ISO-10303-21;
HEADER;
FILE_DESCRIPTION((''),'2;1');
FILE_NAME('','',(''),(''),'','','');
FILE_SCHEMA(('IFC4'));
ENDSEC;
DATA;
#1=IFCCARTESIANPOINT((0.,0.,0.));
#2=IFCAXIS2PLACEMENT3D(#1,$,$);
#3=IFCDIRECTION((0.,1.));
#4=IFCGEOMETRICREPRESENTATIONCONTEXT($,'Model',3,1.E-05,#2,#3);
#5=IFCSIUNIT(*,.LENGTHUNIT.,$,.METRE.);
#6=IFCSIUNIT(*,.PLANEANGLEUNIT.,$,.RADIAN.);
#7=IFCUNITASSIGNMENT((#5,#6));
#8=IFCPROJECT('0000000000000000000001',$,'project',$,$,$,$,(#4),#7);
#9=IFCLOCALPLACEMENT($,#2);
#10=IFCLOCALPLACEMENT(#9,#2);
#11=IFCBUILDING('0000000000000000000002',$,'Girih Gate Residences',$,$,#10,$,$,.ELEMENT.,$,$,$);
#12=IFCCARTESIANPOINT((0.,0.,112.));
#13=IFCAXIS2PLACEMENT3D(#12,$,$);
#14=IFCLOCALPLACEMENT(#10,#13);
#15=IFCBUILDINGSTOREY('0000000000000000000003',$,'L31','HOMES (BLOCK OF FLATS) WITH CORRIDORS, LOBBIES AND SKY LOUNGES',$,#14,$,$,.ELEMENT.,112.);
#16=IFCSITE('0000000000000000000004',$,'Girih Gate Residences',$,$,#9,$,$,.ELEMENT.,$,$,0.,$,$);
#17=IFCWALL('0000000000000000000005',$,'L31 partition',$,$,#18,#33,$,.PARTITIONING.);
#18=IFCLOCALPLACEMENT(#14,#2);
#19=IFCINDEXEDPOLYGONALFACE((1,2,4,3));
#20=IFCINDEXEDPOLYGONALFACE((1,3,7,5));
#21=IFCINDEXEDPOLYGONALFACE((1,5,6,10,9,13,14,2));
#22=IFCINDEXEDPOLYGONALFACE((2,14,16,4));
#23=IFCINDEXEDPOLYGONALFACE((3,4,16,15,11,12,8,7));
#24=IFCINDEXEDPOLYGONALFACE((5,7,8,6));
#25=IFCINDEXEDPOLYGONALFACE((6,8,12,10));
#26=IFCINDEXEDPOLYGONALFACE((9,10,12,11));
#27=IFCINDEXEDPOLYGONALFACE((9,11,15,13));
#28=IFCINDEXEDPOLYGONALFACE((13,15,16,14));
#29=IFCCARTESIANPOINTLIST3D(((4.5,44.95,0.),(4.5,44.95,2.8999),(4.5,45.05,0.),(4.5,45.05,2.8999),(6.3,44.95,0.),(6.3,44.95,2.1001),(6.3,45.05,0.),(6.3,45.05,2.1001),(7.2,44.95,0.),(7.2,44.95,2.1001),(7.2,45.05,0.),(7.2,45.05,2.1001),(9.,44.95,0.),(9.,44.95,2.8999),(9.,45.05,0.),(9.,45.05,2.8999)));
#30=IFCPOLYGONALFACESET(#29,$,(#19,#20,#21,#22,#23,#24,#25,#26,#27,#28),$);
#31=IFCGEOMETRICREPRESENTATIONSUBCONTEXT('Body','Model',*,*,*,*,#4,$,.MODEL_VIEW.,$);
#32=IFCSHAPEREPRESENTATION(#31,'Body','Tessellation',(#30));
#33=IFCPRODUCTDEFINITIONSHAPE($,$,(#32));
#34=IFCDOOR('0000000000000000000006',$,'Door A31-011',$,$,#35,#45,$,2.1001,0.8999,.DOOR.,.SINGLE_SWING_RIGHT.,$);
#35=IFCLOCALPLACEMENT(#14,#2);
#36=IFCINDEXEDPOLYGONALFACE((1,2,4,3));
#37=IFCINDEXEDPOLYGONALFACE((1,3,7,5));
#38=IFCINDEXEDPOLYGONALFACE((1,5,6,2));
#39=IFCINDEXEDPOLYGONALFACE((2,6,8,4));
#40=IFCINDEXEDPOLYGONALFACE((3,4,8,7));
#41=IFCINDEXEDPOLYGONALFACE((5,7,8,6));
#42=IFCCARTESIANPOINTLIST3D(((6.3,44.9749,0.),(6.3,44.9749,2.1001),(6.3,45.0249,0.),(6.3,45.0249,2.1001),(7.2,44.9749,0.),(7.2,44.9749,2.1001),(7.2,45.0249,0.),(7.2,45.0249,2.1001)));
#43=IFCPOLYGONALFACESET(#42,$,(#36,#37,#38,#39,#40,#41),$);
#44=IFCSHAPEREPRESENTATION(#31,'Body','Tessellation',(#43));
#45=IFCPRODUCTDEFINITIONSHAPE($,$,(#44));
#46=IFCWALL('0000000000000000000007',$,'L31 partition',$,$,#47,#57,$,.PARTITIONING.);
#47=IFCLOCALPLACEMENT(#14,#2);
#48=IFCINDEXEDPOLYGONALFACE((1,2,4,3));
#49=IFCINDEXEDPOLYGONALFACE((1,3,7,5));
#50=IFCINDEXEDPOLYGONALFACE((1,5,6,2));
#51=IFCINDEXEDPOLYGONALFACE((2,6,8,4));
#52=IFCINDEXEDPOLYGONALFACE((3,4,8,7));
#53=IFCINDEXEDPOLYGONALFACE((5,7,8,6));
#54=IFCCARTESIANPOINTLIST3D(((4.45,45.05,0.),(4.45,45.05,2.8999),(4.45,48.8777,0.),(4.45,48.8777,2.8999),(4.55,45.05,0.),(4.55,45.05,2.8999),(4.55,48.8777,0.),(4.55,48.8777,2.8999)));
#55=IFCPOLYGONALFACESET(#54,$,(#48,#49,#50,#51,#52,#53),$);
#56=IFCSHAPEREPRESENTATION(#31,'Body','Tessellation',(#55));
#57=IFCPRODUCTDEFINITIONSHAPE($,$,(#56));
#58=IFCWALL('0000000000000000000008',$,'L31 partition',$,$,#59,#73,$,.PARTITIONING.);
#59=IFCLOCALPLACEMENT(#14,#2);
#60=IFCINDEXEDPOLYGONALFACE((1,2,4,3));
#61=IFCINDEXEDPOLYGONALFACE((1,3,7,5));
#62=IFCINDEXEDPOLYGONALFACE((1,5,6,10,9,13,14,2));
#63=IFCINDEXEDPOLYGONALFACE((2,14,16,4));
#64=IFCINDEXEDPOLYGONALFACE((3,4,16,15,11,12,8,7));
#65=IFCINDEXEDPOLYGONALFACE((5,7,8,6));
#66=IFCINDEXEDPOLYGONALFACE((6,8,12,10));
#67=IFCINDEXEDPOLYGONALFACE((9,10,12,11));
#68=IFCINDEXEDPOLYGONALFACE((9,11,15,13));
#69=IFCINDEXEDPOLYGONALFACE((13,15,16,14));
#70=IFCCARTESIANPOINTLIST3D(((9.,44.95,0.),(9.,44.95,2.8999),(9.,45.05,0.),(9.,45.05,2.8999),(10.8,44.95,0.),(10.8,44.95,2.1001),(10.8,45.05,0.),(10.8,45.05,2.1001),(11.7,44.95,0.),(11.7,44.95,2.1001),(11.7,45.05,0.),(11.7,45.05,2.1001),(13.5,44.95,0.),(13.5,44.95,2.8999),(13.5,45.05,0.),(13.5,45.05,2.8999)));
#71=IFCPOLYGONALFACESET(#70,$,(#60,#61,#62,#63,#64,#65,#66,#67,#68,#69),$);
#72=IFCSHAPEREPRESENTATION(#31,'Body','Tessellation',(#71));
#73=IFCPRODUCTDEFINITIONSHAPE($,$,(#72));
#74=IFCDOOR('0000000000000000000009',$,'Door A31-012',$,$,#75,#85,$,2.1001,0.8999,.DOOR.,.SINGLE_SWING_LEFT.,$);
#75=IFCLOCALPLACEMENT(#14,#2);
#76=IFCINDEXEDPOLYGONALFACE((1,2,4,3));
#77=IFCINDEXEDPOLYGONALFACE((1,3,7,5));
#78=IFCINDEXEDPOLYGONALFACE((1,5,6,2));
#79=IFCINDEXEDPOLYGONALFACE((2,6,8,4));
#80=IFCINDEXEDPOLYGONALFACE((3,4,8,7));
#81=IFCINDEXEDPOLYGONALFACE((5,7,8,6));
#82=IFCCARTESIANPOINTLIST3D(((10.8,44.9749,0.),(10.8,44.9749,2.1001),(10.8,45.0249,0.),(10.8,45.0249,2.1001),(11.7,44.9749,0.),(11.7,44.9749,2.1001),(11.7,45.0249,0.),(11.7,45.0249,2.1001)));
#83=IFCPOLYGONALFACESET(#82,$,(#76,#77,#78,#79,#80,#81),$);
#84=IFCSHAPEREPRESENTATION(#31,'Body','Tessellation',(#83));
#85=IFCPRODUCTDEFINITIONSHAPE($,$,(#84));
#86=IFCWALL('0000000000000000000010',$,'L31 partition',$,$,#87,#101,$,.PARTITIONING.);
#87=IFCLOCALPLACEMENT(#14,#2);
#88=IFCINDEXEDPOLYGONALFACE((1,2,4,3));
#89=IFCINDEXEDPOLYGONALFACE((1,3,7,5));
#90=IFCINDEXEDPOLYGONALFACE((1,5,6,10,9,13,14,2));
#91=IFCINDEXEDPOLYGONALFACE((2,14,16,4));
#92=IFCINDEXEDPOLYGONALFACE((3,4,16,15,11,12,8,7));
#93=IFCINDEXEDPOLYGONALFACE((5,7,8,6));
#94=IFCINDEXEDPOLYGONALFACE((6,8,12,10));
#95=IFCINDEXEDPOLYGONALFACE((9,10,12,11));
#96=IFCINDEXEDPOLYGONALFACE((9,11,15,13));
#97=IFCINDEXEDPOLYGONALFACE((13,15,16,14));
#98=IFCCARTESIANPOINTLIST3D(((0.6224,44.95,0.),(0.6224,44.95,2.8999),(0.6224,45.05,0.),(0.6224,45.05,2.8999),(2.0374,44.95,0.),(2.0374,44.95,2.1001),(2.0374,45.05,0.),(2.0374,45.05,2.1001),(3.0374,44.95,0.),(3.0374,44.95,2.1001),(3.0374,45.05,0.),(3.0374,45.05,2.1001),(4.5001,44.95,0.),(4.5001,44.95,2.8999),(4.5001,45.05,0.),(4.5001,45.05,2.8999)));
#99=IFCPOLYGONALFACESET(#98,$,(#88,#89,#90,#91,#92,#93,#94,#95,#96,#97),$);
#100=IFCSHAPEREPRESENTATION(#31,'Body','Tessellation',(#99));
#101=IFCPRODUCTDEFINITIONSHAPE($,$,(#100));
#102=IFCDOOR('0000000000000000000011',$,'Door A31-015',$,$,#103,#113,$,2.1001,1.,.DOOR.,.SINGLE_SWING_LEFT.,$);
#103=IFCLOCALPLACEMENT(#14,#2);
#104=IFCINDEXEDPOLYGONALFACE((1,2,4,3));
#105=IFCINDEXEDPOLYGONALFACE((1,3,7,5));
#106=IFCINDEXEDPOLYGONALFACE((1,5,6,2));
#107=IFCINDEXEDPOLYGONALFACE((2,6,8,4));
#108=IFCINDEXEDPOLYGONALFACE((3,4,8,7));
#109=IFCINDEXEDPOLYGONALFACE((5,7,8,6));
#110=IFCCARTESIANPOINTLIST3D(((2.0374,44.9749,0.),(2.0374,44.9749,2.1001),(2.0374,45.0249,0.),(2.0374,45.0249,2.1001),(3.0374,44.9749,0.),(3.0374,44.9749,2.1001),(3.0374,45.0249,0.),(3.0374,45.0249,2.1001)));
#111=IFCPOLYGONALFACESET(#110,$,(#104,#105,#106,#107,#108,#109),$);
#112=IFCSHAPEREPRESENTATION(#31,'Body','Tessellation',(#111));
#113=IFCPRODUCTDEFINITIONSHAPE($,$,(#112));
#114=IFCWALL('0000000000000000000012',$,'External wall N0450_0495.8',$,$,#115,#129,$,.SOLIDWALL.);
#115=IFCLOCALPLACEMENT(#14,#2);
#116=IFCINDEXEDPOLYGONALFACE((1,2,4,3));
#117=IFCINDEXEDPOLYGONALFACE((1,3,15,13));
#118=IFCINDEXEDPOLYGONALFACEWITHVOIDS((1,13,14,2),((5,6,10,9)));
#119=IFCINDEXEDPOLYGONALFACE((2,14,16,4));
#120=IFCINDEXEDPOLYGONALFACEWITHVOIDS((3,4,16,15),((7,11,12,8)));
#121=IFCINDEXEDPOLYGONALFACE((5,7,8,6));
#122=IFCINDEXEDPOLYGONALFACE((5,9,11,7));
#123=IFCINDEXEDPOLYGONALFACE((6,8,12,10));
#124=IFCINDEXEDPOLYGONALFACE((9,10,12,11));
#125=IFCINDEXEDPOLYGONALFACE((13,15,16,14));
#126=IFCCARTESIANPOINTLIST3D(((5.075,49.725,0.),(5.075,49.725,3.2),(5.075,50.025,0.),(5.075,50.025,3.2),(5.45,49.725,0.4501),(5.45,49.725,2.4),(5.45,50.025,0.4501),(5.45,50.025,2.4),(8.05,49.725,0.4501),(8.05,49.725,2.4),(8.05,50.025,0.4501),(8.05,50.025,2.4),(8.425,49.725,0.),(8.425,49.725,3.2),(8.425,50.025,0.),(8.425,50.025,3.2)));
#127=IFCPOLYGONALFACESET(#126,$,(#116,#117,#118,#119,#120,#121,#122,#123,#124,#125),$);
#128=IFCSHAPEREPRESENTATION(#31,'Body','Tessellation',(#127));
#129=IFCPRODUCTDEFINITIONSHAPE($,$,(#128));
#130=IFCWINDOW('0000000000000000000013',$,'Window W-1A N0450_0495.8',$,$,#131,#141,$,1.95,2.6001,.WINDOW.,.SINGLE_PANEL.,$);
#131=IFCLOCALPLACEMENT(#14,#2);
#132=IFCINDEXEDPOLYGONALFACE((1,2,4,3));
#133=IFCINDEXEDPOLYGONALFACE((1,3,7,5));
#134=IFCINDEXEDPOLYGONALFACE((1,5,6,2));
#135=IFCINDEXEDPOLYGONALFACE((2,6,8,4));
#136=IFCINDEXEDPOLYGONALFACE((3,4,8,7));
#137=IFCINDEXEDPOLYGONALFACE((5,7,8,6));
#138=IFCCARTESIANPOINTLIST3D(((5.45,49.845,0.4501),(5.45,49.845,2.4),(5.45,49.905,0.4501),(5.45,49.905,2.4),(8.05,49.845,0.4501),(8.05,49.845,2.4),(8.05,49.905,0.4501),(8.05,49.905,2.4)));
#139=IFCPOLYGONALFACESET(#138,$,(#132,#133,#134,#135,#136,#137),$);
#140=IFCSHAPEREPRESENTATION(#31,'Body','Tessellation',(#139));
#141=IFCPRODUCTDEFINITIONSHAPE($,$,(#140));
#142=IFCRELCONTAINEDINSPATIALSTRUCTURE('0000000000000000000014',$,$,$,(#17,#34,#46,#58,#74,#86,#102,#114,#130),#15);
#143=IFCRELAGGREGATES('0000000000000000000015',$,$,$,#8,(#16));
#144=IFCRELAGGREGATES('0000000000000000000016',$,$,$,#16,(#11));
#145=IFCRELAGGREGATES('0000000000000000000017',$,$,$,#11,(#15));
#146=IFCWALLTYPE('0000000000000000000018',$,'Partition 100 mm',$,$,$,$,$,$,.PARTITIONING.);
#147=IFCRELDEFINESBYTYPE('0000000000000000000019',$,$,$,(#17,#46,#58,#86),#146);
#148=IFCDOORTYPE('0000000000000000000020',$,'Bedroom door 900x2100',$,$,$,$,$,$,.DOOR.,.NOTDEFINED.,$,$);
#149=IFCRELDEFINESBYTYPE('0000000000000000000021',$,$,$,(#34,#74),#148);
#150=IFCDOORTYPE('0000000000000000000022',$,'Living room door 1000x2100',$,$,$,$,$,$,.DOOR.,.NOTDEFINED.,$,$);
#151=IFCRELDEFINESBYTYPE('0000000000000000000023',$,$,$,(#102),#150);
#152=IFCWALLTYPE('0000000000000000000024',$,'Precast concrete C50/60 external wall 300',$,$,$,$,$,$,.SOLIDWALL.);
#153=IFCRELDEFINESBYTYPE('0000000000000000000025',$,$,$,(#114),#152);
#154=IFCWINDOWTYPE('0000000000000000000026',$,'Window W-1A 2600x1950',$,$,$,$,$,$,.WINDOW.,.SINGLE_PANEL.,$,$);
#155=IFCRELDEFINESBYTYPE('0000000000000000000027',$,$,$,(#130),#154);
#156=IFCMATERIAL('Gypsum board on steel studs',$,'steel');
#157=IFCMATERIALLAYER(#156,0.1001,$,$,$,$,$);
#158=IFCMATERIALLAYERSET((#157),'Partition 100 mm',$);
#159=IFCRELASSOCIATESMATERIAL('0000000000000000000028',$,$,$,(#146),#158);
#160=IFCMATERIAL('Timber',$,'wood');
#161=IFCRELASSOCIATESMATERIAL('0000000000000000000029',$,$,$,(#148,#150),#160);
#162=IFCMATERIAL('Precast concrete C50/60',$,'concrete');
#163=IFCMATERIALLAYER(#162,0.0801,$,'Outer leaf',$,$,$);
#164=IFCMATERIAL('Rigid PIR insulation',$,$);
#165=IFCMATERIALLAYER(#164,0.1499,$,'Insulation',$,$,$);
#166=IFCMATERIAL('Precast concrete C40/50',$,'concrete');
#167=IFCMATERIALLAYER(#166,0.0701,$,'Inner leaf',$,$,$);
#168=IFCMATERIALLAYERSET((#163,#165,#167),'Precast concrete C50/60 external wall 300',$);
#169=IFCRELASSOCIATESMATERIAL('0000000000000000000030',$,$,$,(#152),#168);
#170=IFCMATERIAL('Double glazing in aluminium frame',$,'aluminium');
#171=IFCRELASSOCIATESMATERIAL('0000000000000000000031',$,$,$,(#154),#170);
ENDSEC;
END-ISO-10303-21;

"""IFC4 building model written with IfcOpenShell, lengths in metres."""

from ifc_helpers import new_model, si_unit, direction, frame, frame_2d, origin, place, context, subcontext, project, spatial, rectangle, extrude, material, layer, layer_set, type_object, element, fill, save


model = new_model("IFC4")

# Units and contexts
model_context = context("Model", 3, precision=1e-05, world=origin(), true_north=direction((0.0, 1.0)))
body_context = subcontext(model_context, "Body", "Model", "MODEL_VIEW")
ifc_project = project(units=[si_unit("LENGTHUNIT", "METRE"), si_unit("PLANEANGLEUNIT", "RADIAN")], contexts=[model_context])

# Site, building, storey
site_placement = place(None, origin())
site = spatial("IfcSite", under=ifc_project, at=site_placement, Name="Girih Gate Residences", CompositionType="ELEMENT", RefElevation=0.0)
building_placement = place(site_placement, origin())
building = spatial("IfcBuilding", under=site, at=building_placement, Name="Girih Gate Residences", CompositionType="ELEMENT")
storey_placement = place(building_placement, frame((0.0, 0.0, 112.0)))
storey = spatial("IfcBuildingStorey", under=building, at=storey_placement, Name="L31", Description="HOMES (BLOCK OF FLATS) WITH CORRIDORS, LOBBIES AND SKY LOUNGES", CompositionType="ELEMENT", Elevation=112.0)

# Shared definitions
ifc_material_1 = material(Name="Gypsum board on steel studs", Category="steel")

# Shared definitions
ifc_layer_1 = layer(ifc_material_1, 0.1001)
ifc_layer_set_1 = layer_set([ifc_layer_1], Name="Partition 100 mm")
wall_type_1 = type_object("IfcWallType", Name="Partition 100 mm", PredefinedType="PARTITIONING", material=ifc_layer_set_1)

# Wall, opening, door
wall_1_placement = place(storey_placement, frame((4.5, 45.0, 0.0), z_axis=(0.0, 0.0, 1.0), x_axis=(1.0, 0.0, 0.0)))
wall_1 = element("IfcWall", 1, at=wall_1_placement, inside=storey, type_object=wall_type_1, Name="L31 partition", PredefinedType="PARTITIONING", context=body_context, shape_type="SweptSolid", body=[
    extrude(rectangle(XDim=4.5, YDim=0.1001, at=frame_2d((2.25, 0.0))), origin(), (0.0, 0.0, 1.0), 2.8999),
])
opening_1_placement = place(wall_1_placement, frame((1.8, 0.0, 0.0)))
opening_1 = element("IfcOpeningElement", 2, at=opening_1_placement, cuts=wall_1, PredefinedType="OPENING", context=body_context, shape_type="SweptSolid", body=[
    extrude(rectangle(XDim=0.8999, YDim=2.1001, at=frame_2d((0.45, 1.05))), frame((0.0, 0.0601, 0.0), z_axis=(0.0, -1.0, 0.0), x_axis=(1.0, 0.0, 0.0)), (0.0, 0.0, 1.0), 0.1201),
])
ifc_material_2 = material(Name="Timber", Category="wood")
door_type_1 = type_object("IfcDoorType", Name="Bedroom door 900x2100", OperationType="NOTDEFINED", PredefinedType="DOOR", material=ifc_material_2)
door_1_placement = place(opening_1_placement, origin())
door_1 = element("IfcDoor", 3, at=door_1_placement, inside=storey, type_object=door_type_1, Name="Door A31-011", OperationType="SINGLE_SWING_RIGHT", OverallHeight=2.1001, OverallWidth=0.8999, PredefinedType="DOOR", context=body_context, shape_type="SweptSolid", body=[
    extrude(rectangle(XDim=0.8999, YDim=2.1001, at=frame_2d((0.45, 1.05))), frame((0.0, 0.0249, 0.0), z_axis=(0.0, -1.0, 0.0), x_axis=(1.0, 0.0, 0.0)), (0.0, 0.0, 1.0), 0.05),
])
fill(opening_1, door_1)

# Wall
wall_2_placement = place(storey_placement, frame((4.5, 45.05, 0.0), z_axis=(0.0, 0.0, 1.0), x_axis=(0.0, 1.0, 0.0)))
element("IfcWall", 4, at=wall_2_placement, inside=storey, type_object=wall_type_1, Name="L31 partition", PredefinedType="PARTITIONING", context=body_context, shape_type="SweptSolid", body=[
    extrude(rectangle(XDim=3.8276, YDim=0.1001, at=frame_2d((1.9138, 0.0))), origin(), (0.0, 0.0, 1.0), 2.8999),
])

# Walls, openings, doors
wall_3_placement = place(storey_placement, frame((9.0, 45.0, 0.0), z_axis=(0.0, 0.0, 1.0), x_axis=(1.0, 0.0, 0.0)))
wall_3 = element("IfcWall", 5, at=wall_3_placement, inside=storey, type_object=wall_type_1, Name="L31 partition", PredefinedType="PARTITIONING", context=body_context, shape_type="SweptSolid", body=[
    extrude(rectangle(XDim=4.5, YDim=0.1001, at=frame_2d((2.25, 0.0))), origin(), (0.0, 0.0, 1.0), 2.8999),
])
opening_2_placement = place(wall_3_placement, frame((1.8, 0.0, 0.0)))
opening_2 = element("IfcOpeningElement", 6, at=opening_2_placement, cuts=wall_3, PredefinedType="OPENING", context=body_context, shape_type="SweptSolid", body=[
    extrude(rectangle(XDim=0.8999, YDim=2.1001, at=frame_2d((0.45, 1.05))), frame((0.0, 0.0601, 0.0), z_axis=(0.0, -1.0, 0.0), x_axis=(1.0, 0.0, 0.0)), (0.0, 0.0, 1.0), 0.1201),
])
door_2_placement = place(opening_2_placement, origin())
door_2 = element("IfcDoor", 7, at=door_2_placement, inside=storey, type_object=door_type_1, Name="Door A31-012", OperationType="SINGLE_SWING_LEFT", OverallHeight=2.1001, OverallWidth=0.8999, PredefinedType="DOOR", context=body_context, shape_type="SweptSolid", body=[
    extrude(rectangle(XDim=0.8999, YDim=2.1001, at=frame_2d((0.45, 1.05))), frame((0.0, 0.0249, 0.0), z_axis=(0.0, -1.0, 0.0), x_axis=(1.0, 0.0, 0.0)), (0.0, 0.0, 1.0), 0.05),
])
fill(opening_2, door_2)
wall_4_placement = place(storey_placement, frame((0.6223, 45.0, 0.0), z_axis=(0.0, 0.0, 1.0), x_axis=(1.0, 0.0, 0.0)))
wall_4 = element("IfcWall", 8, at=wall_4_placement, inside=storey, type_object=wall_type_1, Name="L31 partition", PredefinedType="PARTITIONING", context=body_context, shape_type="SweptSolid", body=[
    extrude(rectangle(XDim=3.8777, YDim=0.1001, at=frame_2d((1.939, 0.0))), origin(), (0.0, 0.0, 1.0), 2.8999),
])
opening_3_placement = place(wall_4_placement, frame((1.415, 0.0, 0.0)))
opening_3 = element("IfcOpeningElement", 9, at=opening_3_placement, cuts=wall_4, PredefinedType="OPENING", context=body_context, shape_type="SweptSolid", body=[
    extrude(rectangle(XDim=1.0, YDim=2.1001, at=frame_2d((0.5, 1.05))), frame((0.0, 0.0601, 0.0), z_axis=(0.0, -1.0, 0.0), x_axis=(1.0, 0.0, 0.0)), (0.0, 0.0, 1.0), 0.1201),
])
door_type_2 = type_object("IfcDoorType", Name="Living room door 1000x2100", OperationType="NOTDEFINED", PredefinedType="DOOR", material=ifc_material_2)
door_3_placement = place(opening_3_placement, origin())
door_3 = element("IfcDoor", 10, at=door_3_placement, inside=storey, type_object=door_type_2, Name="Door A31-015", OperationType="SINGLE_SWING_LEFT", OverallHeight=2.1001, OverallWidth=1.0, PredefinedType="DOOR", context=body_context, shape_type="SweptSolid", body=[
    extrude(rectangle(XDim=1.0, YDim=2.1001, at=frame_2d((0.5, 1.05))), frame((0.0, 0.0249, 0.0), z_axis=(0.0, -1.0, 0.0), x_axis=(1.0, 0.0, 0.0)), (0.0, 0.0, 1.0), 0.05),
])
fill(opening_3, door_3)

# Wall, opening, window
ifc_material_3 = material(Name="Precast concrete C50/60", Category="concrete")
ifc_layer_2 = layer(ifc_material_3, 0.0801, Name="Outer leaf")
ifc_material_4 = material(Name="Rigid PIR insulation")
ifc_layer_3 = layer(ifc_material_4, 0.1499, Name="Insulation")
ifc_material_5 = material(Name="Precast concrete C40/50", Category="concrete")
ifc_layer_4 = layer(ifc_material_5, 0.0701, Name="Inner leaf")
ifc_layer_set_2 = layer_set([ifc_layer_2, ifc_layer_3, ifc_layer_4], Name="Precast concrete C50/60 external wall 300")
wall_type_2 = type_object("IfcWallType", Name="Precast concrete C50/60 external wall 300", PredefinedType="SOLIDWALL", material=ifc_layer_set_2)
wall_5_placement = place(storey_placement, frame((5.075, 49.875, 0.0), z_axis=(0.0, 0.0, 1.0), x_axis=(1.0, 0.0, 0.0)))
wall_5 = element("IfcWall", 11, at=wall_5_placement, inside=storey, type_object=wall_type_2, Name="External wall N0450_0495.8", PredefinedType="SOLIDWALL", context=body_context, shape_type="SweptSolid", body=[
    extrude(rectangle(XDim=3.3501, YDim=0.3, at=frame_2d((1.675, 0.0))), origin(), (0.0, 0.0, 1.0), 3.2),
])
opening_4_placement = place(wall_5_placement, frame((0.375, 0.0, 0.45)))
opening_4 = element("IfcOpeningElement", 12, at=opening_4_placement, cuts=wall_5, PredefinedType="OPENING", context=body_context, shape_type="SweptSolid", body=[
    extrude(rectangle(XDim=2.6001, YDim=1.95, at=frame_2d((1.3, 0.9751))), frame((0.0, 0.1599, 0.0), z_axis=(0.0, -1.0, 0.0), x_axis=(1.0, 0.0, 0.0)), (0.0, 0.0, 1.0), 0.3201),
])
ifc_material_6 = material(Name="Double glazing in aluminium frame", Category="aluminium")
window_type_1 = type_object("IfcWindowType", Name="Window W-1A 2600x1950", PartitioningType="SINGLE_PANEL", PredefinedType="WINDOW", material=ifc_material_6)
window_1_placement = place(opening_4_placement, origin())
window_1 = element("IfcWindow", 13, at=window_1_placement, inside=storey, type_object=window_type_1, Name="Window W-1A N0450_0495.8", OverallHeight=1.95, OverallWidth=2.6001, PartitioningType="SINGLE_PANEL", PredefinedType="WINDOW", context=body_context, shape_type="SweptSolid", body=[
    extrude(rectangle(XDim=2.6001, YDim=1.95, at=frame_2d((1.3, 0.9751))), frame((0.0, 0.03, 0.0), z_axis=(0.0, -1.0, 0.0), x_axis=(1.0, 0.0, 0.0)), (0.0, 0.0, 1.0), 0.0601),
])
fill(opening_4, window_1)

save(model, "model.ifc")
